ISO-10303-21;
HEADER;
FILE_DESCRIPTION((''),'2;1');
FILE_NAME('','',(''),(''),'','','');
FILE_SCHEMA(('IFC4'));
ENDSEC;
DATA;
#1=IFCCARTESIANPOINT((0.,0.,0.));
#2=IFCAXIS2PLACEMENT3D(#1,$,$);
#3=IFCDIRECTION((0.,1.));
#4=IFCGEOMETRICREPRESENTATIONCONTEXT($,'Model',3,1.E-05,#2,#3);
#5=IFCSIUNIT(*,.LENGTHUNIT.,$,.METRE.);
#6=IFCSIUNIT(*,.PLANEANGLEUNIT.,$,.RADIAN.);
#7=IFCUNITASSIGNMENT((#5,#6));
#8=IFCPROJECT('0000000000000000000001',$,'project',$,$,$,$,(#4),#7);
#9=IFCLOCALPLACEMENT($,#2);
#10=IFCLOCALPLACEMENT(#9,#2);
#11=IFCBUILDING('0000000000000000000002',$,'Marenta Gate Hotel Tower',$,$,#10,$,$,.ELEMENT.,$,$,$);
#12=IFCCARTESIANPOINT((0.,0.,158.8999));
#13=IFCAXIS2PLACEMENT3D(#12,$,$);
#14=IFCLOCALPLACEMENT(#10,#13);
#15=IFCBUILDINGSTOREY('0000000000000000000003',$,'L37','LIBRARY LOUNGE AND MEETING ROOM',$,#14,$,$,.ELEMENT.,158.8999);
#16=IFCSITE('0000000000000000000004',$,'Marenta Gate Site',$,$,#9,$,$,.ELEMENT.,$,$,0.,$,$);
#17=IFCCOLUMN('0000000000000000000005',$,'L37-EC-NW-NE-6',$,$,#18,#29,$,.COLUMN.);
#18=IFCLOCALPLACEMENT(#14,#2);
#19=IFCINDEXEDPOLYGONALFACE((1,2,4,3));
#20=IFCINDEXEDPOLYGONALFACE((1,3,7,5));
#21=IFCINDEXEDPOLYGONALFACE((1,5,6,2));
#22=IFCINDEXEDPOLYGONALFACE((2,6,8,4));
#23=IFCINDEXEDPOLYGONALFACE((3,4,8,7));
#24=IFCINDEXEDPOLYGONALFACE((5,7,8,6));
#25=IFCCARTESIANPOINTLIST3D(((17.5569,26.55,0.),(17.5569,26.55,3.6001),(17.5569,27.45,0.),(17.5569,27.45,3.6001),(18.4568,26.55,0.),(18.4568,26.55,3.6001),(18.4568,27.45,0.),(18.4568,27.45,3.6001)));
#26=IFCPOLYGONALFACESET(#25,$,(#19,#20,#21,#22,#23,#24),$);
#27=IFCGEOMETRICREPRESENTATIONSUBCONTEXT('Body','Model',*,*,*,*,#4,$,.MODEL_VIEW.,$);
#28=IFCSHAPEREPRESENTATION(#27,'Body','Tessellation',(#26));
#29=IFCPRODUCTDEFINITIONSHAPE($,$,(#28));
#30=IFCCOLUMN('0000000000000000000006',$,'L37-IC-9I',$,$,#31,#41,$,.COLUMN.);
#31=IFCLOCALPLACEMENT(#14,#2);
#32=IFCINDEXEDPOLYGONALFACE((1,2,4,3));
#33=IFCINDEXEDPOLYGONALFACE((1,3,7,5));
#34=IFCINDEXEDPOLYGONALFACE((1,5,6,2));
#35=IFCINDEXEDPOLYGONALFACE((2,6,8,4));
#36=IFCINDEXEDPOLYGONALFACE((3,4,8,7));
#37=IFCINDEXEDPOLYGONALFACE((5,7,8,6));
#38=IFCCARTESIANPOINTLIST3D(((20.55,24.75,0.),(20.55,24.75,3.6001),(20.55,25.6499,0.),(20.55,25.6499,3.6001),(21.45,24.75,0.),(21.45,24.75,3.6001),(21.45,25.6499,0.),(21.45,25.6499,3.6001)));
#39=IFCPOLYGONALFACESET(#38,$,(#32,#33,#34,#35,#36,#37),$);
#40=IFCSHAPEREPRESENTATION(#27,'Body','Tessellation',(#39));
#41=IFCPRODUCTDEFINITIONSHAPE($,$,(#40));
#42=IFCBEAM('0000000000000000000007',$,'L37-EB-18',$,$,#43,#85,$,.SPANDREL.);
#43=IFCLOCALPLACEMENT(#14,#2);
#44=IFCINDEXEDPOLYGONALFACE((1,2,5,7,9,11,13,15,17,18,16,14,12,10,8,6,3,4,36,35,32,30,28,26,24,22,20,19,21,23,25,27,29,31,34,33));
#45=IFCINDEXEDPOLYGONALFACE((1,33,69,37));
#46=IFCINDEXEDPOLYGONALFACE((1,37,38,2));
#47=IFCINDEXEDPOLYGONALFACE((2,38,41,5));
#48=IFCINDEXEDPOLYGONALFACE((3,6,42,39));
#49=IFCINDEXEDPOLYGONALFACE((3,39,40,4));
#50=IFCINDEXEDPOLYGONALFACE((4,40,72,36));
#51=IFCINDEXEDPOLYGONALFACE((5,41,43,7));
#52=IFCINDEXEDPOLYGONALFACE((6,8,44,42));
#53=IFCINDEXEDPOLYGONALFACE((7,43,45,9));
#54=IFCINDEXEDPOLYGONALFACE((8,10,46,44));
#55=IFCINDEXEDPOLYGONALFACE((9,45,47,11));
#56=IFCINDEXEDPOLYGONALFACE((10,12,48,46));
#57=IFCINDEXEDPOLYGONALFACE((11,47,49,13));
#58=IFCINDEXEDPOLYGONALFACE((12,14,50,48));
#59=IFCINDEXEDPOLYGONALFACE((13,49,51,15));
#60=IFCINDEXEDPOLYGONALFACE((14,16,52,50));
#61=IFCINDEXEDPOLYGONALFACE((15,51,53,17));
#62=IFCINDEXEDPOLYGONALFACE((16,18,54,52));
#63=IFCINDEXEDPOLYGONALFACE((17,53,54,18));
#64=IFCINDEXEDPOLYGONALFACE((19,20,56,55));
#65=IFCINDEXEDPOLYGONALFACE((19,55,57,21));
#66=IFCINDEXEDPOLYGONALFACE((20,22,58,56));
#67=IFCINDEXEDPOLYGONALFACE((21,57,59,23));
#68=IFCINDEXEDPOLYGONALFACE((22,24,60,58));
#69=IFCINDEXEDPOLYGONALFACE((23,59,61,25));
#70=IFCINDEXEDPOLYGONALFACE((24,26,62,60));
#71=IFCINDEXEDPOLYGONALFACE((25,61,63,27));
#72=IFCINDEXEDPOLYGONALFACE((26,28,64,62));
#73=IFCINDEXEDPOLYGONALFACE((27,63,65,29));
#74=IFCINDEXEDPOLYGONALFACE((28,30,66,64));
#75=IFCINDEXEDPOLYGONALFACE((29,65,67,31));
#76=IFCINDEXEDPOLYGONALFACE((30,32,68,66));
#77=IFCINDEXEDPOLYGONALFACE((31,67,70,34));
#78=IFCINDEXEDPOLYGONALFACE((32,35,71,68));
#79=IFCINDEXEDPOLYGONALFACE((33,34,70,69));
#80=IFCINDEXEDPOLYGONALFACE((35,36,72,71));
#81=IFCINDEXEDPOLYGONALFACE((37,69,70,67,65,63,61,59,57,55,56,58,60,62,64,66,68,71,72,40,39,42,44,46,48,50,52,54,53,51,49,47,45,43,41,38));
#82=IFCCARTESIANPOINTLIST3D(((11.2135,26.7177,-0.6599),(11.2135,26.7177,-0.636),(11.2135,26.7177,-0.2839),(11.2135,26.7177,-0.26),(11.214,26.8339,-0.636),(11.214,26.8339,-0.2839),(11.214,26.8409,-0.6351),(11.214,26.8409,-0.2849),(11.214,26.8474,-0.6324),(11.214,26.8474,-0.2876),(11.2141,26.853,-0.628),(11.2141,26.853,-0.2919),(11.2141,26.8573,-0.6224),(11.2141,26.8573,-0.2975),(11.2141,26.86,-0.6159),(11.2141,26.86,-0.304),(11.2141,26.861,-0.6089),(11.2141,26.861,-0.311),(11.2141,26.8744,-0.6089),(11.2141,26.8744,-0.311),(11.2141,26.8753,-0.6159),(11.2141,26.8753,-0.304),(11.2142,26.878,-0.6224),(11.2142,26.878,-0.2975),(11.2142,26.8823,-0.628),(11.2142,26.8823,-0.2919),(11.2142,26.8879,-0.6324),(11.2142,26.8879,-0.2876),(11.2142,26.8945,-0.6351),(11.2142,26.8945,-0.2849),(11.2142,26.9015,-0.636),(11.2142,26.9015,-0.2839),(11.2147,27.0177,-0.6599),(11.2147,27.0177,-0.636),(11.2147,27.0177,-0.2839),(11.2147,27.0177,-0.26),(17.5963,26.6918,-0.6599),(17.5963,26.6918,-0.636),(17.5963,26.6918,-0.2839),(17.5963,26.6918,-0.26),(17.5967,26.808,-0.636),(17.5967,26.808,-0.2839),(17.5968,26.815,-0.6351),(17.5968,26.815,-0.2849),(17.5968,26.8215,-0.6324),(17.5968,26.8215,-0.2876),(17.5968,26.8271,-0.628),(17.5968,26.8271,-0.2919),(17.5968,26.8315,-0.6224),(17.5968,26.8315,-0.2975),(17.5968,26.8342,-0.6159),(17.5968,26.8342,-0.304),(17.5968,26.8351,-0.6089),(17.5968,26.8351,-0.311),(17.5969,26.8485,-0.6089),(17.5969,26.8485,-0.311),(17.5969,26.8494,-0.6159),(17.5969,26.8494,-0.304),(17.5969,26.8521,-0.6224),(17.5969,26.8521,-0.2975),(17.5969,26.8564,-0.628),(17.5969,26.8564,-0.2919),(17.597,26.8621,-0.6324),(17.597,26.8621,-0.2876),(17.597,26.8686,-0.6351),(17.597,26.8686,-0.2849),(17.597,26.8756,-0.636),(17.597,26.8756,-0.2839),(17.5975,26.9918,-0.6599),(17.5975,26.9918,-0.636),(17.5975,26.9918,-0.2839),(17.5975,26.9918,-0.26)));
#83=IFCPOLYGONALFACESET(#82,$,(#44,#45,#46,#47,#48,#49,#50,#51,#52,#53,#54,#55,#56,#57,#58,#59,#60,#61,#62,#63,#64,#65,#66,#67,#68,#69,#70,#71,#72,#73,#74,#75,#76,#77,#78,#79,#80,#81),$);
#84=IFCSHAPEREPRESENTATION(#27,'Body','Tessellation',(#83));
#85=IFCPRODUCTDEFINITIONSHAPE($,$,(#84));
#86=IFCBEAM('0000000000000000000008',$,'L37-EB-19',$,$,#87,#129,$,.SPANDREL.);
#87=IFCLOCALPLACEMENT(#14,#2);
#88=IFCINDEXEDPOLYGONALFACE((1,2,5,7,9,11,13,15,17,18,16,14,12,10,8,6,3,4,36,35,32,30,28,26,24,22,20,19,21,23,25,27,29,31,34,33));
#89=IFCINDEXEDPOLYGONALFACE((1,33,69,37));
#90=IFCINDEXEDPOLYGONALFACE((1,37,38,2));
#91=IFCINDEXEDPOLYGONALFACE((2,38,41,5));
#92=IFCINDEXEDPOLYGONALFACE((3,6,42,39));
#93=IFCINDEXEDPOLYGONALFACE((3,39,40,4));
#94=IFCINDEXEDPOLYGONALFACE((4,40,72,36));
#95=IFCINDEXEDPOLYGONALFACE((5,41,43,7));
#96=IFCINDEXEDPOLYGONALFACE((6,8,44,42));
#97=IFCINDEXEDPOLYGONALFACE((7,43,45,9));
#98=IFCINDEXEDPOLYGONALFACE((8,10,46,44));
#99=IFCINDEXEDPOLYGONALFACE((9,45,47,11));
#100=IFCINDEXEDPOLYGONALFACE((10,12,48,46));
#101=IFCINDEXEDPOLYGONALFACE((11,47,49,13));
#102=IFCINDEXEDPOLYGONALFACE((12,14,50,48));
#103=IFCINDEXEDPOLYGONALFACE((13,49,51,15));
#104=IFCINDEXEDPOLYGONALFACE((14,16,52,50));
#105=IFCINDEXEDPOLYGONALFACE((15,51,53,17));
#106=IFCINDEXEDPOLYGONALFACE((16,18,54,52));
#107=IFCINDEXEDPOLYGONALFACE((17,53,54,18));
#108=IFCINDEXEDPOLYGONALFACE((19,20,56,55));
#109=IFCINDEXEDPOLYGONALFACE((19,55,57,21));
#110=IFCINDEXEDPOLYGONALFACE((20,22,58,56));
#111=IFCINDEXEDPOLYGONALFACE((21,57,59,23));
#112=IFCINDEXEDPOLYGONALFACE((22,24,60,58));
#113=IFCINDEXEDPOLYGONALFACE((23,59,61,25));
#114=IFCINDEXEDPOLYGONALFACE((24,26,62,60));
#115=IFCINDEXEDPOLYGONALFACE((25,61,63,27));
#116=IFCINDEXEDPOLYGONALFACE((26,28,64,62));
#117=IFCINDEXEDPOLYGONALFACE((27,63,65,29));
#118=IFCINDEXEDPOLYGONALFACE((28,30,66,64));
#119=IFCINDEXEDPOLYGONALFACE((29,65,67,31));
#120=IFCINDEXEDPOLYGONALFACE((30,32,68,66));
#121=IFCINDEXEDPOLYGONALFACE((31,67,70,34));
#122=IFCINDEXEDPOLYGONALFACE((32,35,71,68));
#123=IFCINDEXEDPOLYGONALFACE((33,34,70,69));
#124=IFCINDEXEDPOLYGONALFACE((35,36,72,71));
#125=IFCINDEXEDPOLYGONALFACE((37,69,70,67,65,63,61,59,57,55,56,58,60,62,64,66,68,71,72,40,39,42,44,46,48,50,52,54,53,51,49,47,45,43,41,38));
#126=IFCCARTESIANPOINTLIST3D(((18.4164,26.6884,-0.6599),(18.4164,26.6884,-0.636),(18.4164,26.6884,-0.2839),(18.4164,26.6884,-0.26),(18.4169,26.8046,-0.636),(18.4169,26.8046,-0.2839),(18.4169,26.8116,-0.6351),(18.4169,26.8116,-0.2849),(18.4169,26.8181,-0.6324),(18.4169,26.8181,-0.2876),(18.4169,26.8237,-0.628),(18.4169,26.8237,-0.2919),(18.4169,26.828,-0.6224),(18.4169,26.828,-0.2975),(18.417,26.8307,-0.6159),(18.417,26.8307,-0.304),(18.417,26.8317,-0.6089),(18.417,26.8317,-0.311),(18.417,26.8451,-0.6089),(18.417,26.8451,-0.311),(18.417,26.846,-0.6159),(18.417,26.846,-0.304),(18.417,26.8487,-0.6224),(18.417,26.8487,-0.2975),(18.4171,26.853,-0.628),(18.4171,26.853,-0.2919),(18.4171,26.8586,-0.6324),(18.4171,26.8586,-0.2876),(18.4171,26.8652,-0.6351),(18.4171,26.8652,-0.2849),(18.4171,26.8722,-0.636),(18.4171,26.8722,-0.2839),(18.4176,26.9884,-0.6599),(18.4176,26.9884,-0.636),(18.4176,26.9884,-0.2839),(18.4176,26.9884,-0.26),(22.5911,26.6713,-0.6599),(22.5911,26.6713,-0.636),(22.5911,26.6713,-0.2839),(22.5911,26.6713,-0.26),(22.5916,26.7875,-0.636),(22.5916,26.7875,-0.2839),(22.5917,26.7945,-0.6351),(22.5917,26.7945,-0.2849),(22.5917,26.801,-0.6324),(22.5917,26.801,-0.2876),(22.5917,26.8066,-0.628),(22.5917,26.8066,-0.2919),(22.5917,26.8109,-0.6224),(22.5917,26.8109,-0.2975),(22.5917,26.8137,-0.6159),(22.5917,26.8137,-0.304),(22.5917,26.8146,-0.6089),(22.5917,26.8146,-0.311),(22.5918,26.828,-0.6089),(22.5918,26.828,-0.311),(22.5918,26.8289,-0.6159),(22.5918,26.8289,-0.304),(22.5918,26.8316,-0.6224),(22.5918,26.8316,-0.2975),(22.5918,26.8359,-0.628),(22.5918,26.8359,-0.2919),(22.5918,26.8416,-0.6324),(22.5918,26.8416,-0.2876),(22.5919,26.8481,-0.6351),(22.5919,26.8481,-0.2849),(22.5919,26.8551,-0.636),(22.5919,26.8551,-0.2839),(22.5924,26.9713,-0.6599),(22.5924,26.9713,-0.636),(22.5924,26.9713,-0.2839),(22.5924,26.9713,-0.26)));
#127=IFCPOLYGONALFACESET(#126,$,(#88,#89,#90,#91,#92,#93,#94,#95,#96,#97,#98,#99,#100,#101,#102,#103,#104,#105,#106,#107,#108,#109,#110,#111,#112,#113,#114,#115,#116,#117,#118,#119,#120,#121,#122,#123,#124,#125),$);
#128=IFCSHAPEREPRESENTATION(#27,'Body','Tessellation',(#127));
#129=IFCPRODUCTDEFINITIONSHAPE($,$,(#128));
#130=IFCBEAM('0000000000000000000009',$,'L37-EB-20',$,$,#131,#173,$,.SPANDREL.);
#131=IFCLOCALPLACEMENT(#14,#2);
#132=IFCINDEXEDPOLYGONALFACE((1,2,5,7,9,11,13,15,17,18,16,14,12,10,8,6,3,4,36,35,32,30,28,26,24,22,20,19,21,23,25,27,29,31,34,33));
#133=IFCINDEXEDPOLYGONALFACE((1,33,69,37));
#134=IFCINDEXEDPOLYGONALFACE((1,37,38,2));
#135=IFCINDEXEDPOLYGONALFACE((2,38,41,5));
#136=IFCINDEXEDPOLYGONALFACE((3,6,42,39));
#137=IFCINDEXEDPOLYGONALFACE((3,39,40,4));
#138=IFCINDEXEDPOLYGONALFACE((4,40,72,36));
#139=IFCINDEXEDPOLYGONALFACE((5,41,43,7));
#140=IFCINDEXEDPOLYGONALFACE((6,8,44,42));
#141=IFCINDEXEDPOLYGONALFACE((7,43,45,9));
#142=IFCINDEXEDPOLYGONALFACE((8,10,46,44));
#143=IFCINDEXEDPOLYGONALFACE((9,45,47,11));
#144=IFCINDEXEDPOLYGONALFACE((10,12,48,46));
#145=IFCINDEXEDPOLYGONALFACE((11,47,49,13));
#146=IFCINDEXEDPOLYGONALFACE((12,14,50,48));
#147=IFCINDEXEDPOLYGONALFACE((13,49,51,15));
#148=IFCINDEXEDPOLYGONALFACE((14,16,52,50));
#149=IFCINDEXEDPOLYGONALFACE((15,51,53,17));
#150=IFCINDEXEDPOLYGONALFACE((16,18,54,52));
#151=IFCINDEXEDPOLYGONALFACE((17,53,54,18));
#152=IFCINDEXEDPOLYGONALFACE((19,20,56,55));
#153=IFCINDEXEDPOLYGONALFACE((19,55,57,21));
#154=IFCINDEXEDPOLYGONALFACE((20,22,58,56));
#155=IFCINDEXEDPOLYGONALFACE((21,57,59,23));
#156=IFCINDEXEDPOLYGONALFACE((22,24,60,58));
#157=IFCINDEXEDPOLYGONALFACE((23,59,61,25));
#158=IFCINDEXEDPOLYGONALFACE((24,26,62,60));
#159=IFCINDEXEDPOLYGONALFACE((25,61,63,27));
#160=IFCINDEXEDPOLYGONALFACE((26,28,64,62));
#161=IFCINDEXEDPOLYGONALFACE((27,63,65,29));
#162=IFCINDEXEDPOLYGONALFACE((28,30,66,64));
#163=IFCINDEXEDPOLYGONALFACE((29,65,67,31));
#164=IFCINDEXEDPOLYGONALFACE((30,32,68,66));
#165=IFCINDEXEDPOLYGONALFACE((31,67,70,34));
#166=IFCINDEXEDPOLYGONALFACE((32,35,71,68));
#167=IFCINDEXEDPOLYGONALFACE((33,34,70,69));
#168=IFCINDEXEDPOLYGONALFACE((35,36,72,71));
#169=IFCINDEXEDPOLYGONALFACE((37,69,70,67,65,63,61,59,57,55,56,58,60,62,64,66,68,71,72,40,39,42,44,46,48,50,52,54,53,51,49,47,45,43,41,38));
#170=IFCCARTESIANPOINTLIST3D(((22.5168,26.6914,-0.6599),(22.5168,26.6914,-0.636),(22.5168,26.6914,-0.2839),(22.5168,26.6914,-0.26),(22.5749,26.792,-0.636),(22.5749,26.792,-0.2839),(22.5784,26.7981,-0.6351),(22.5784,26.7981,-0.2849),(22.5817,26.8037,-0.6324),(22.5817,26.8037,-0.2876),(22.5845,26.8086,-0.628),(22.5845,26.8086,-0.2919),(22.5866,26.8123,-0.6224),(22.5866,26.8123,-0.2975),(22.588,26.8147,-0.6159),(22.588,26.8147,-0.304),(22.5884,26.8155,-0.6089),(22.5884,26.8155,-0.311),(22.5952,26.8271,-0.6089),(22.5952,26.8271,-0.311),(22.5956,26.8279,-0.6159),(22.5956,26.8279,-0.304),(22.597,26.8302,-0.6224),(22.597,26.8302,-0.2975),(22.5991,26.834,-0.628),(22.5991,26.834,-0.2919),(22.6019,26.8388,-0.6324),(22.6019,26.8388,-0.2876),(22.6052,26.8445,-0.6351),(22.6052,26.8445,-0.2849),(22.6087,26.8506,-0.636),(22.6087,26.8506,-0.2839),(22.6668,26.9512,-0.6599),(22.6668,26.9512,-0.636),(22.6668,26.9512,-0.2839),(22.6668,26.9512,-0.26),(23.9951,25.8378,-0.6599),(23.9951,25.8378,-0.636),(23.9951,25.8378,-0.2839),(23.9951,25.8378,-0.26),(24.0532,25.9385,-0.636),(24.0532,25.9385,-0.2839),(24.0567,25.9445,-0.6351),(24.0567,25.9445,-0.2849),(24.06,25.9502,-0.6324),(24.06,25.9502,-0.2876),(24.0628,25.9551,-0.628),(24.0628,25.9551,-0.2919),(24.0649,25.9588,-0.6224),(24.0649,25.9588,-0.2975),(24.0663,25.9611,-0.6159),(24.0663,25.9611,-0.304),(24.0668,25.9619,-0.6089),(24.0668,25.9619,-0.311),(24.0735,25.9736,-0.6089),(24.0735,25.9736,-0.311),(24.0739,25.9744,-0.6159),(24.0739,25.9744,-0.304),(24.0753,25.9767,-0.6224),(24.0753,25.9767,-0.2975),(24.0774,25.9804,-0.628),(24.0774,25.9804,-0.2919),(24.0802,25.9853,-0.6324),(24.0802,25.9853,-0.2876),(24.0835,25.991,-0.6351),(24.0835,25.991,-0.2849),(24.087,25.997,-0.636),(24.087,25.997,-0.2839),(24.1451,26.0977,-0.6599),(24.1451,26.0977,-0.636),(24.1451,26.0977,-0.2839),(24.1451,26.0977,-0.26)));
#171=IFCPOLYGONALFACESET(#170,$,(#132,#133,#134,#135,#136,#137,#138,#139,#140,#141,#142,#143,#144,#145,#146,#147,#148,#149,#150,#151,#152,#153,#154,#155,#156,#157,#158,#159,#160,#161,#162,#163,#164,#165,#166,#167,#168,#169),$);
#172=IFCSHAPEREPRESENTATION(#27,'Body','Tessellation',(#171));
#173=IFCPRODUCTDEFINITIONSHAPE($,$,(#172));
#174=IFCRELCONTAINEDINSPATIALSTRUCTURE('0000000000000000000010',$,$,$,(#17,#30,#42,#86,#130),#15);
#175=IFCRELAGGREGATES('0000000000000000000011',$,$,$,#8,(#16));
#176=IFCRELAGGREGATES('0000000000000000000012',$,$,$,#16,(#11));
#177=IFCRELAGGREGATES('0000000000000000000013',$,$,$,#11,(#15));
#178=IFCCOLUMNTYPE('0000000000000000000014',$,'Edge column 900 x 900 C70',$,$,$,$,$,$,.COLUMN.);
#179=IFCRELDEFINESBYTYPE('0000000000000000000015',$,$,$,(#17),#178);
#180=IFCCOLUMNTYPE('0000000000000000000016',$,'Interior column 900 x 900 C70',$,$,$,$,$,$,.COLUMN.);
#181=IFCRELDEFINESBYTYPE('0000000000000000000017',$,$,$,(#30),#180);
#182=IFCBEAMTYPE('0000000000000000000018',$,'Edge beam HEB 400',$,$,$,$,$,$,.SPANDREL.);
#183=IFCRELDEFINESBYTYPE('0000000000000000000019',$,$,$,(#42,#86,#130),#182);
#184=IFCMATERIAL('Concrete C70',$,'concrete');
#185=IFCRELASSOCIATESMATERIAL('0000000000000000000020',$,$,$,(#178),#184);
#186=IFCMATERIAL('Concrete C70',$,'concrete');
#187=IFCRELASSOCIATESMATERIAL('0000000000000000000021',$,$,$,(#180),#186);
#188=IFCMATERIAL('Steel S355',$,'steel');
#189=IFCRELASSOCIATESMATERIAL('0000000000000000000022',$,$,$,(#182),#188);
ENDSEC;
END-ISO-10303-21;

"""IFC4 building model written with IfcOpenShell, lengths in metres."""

from ifc_helpers import new_model, si_unit, direction, frame, origin, origin_2d, place, context, subcontext, project, spatial, rectangle, i_section, extrude, material, material_profile, profile_set, type_object, element, save


model = new_model("IFC4")

# Units and contexts
model_context = context("Model", 3, precision=1e-05, world=origin(), true_north=direction((0.0, 1.0)))
body_context = subcontext(model_context, "Body", "Model", "MODEL_VIEW")
ifc_project = project(units=[si_unit("LENGTHUNIT", "METRE"), si_unit("PLANEANGLEUNIT", "RADIAN")], contexts=[model_context])

# Site, building, storey
site_placement = place(None, origin())
site = spatial("IfcSite", under=ifc_project, at=site_placement, Name="Marenta Gate Site", CompositionType="ELEMENT", RefElevation=0.0)
building_placement = place(site_placement, origin())
building = spatial("IfcBuilding", under=site, at=building_placement, Name="Marenta Gate Hotel Tower", CompositionType="ELEMENT")
storey_placement = place(building_placement, frame((0.0, 0.0, 158.8999)))
storey = spatial("IfcBuildingStorey", under=building, at=storey_placement, Name="L37", Description="LIBRARY LOUNGE AND MEETING ROOM", CompositionType="ELEMENT", Elevation=158.8999)

# Columns
ifc_material_1 = material(Name="Concrete C70", Category="concrete")
ifc_material_profile_1 = material_profile(ifc_material_1, rectangle(XDim=0.8999, YDim=0.8999, at=origin_2d()), Name="900 x 900")
ifc_profile_set_1 = profile_set([ifc_material_profile_1], Name="Concrete C70")
column_type_1 = type_object("IfcColumnType", Name="Edge column 900 x 900 C70", PredefinedType="COLUMN", material=ifc_profile_set_1)
column_1_placement = place(storey_placement, frame((18.0068, 27.0, 0.0), z_axis=(0.0, 0.0, 1.0), x_axis=(1.0, 0.0, 0.0)))
element("IfcColumn", 1, at=column_1_placement, inside=storey, type_object=column_type_1, Name="L37-EC-NW-NE-6", PredefinedType="COLUMN", context=body_context, shape_type="SweptSolid", body=[
    extrude(rectangle(XDim=0.8999, YDim=0.8999, at=origin_2d()), origin(), (0.0, 0.0, 1.0), 3.6001),
])
ifc_material_2 = material(Name="Concrete C70", Category="concrete")
ifc_material_profile_2 = material_profile(ifc_material_2, rectangle(XDim=0.8999, YDim=0.8999, at=origin_2d()), Name="900 x 900")
ifc_profile_set_2 = profile_set([ifc_material_profile_2], Name="Concrete C70")
column_type_2 = type_object("IfcColumnType", Name="Interior column 900 x 900 C70", PredefinedType="COLUMN", material=ifc_profile_set_2)
column_2_placement = place(storey_placement, frame((21.0, 25.2, 0.0), z_axis=(0.0, 0.0, 1.0), x_axis=(1.0, 0.0, 0.0)))
element("IfcColumn", 2, at=column_2_placement, inside=storey, type_object=column_type_2, Name="L37-IC-9I", PredefinedType="COLUMN", context=body_context, shape_type="SweptSolid", body=[
    extrude(rectangle(XDim=0.8999, YDim=0.8999, at=origin_2d()), origin(), (0.0, 0.0, 1.0), 3.6001),
])

# Beams
ifc_material_3 = material(Name="Steel S355", Category="steel")
ifc_material_profile_3 = material_profile(ifc_material_3, i_section(OverallWidth=0.3, OverallDepth=0.3999, WebThickness=0.0134, FlangeThickness=0.0239, FilletRadius=0.0271, at=origin_2d()), Name="HEB 400")
ifc_profile_set_3 = profile_set([ifc_material_profile_3], Name="Steel S355")
beam_type_1 = type_object("IfcBeamType", Name="Edge beam HEB 400", PredefinedType="SPANDREL", material=ifc_profile_set_3)
beam_1_placement = place(storey_placement, frame((11.2141, 26.8677, -0.46), z_axis=(0.999992, -0.004054, 0.0), x_axis=(0.004054, 0.999992, 0.0)))
element("IfcBeam", 3, at=beam_1_placement, inside=storey, type_object=beam_type_1, Name="L37-EB-18", PredefinedType="SPANDREL", context=body_context, shape_type="SweptSolid", body=[
    extrude(i_section(OverallWidth=0.3, OverallDepth=0.3999, WebThickness=0.0134, FlangeThickness=0.0239, FilletRadius=0.0271, at=origin_2d()), origin(), (0.0, 0.0, 1.0), 6.3828),
])
beam_2_placement = place(storey_placement, frame((18.417, 26.8384, -0.46), z_axis=(0.999992, -0.004094, 0.0), x_axis=(0.004094, 0.999992, 0.0)))
element("IfcBeam", 4, at=beam_2_placement, inside=storey, type_object=beam_type_1, Name="L37-EB-19", PredefinedType="SPANDREL", context=body_context, shape_type="SweptSolid", body=[
    extrude(i_section(OverallWidth=0.3, OverallDepth=0.3999, WebThickness=0.0134, FlangeThickness=0.0239, FilletRadius=0.0271, at=origin_2d()), origin(), (0.0, 0.0, 1.0), 4.1748),
])
beam_3_placement = place(storey_placement, frame((22.5918, 26.8213, -0.46), z_axis=(0.866016, -0.500015, 0.0), x_axis=(0.500015, 0.866016, 0.0)))
element("IfcBeam", 5, at=beam_3_placement, inside=storey, type_object=beam_type_1, Name="L37-EB-20", PredefinedType="SPANDREL", context=body_context, shape_type="SweptSolid", body=[
    extrude(i_section(OverallWidth=0.3, OverallDepth=0.3999, WebThickness=0.0134, FlangeThickness=0.0239, FilletRadius=0.0271, at=origin_2d()), origin(), (0.0, 0.0, 1.0), 1.707),
])

save(model, "model.ifc")
